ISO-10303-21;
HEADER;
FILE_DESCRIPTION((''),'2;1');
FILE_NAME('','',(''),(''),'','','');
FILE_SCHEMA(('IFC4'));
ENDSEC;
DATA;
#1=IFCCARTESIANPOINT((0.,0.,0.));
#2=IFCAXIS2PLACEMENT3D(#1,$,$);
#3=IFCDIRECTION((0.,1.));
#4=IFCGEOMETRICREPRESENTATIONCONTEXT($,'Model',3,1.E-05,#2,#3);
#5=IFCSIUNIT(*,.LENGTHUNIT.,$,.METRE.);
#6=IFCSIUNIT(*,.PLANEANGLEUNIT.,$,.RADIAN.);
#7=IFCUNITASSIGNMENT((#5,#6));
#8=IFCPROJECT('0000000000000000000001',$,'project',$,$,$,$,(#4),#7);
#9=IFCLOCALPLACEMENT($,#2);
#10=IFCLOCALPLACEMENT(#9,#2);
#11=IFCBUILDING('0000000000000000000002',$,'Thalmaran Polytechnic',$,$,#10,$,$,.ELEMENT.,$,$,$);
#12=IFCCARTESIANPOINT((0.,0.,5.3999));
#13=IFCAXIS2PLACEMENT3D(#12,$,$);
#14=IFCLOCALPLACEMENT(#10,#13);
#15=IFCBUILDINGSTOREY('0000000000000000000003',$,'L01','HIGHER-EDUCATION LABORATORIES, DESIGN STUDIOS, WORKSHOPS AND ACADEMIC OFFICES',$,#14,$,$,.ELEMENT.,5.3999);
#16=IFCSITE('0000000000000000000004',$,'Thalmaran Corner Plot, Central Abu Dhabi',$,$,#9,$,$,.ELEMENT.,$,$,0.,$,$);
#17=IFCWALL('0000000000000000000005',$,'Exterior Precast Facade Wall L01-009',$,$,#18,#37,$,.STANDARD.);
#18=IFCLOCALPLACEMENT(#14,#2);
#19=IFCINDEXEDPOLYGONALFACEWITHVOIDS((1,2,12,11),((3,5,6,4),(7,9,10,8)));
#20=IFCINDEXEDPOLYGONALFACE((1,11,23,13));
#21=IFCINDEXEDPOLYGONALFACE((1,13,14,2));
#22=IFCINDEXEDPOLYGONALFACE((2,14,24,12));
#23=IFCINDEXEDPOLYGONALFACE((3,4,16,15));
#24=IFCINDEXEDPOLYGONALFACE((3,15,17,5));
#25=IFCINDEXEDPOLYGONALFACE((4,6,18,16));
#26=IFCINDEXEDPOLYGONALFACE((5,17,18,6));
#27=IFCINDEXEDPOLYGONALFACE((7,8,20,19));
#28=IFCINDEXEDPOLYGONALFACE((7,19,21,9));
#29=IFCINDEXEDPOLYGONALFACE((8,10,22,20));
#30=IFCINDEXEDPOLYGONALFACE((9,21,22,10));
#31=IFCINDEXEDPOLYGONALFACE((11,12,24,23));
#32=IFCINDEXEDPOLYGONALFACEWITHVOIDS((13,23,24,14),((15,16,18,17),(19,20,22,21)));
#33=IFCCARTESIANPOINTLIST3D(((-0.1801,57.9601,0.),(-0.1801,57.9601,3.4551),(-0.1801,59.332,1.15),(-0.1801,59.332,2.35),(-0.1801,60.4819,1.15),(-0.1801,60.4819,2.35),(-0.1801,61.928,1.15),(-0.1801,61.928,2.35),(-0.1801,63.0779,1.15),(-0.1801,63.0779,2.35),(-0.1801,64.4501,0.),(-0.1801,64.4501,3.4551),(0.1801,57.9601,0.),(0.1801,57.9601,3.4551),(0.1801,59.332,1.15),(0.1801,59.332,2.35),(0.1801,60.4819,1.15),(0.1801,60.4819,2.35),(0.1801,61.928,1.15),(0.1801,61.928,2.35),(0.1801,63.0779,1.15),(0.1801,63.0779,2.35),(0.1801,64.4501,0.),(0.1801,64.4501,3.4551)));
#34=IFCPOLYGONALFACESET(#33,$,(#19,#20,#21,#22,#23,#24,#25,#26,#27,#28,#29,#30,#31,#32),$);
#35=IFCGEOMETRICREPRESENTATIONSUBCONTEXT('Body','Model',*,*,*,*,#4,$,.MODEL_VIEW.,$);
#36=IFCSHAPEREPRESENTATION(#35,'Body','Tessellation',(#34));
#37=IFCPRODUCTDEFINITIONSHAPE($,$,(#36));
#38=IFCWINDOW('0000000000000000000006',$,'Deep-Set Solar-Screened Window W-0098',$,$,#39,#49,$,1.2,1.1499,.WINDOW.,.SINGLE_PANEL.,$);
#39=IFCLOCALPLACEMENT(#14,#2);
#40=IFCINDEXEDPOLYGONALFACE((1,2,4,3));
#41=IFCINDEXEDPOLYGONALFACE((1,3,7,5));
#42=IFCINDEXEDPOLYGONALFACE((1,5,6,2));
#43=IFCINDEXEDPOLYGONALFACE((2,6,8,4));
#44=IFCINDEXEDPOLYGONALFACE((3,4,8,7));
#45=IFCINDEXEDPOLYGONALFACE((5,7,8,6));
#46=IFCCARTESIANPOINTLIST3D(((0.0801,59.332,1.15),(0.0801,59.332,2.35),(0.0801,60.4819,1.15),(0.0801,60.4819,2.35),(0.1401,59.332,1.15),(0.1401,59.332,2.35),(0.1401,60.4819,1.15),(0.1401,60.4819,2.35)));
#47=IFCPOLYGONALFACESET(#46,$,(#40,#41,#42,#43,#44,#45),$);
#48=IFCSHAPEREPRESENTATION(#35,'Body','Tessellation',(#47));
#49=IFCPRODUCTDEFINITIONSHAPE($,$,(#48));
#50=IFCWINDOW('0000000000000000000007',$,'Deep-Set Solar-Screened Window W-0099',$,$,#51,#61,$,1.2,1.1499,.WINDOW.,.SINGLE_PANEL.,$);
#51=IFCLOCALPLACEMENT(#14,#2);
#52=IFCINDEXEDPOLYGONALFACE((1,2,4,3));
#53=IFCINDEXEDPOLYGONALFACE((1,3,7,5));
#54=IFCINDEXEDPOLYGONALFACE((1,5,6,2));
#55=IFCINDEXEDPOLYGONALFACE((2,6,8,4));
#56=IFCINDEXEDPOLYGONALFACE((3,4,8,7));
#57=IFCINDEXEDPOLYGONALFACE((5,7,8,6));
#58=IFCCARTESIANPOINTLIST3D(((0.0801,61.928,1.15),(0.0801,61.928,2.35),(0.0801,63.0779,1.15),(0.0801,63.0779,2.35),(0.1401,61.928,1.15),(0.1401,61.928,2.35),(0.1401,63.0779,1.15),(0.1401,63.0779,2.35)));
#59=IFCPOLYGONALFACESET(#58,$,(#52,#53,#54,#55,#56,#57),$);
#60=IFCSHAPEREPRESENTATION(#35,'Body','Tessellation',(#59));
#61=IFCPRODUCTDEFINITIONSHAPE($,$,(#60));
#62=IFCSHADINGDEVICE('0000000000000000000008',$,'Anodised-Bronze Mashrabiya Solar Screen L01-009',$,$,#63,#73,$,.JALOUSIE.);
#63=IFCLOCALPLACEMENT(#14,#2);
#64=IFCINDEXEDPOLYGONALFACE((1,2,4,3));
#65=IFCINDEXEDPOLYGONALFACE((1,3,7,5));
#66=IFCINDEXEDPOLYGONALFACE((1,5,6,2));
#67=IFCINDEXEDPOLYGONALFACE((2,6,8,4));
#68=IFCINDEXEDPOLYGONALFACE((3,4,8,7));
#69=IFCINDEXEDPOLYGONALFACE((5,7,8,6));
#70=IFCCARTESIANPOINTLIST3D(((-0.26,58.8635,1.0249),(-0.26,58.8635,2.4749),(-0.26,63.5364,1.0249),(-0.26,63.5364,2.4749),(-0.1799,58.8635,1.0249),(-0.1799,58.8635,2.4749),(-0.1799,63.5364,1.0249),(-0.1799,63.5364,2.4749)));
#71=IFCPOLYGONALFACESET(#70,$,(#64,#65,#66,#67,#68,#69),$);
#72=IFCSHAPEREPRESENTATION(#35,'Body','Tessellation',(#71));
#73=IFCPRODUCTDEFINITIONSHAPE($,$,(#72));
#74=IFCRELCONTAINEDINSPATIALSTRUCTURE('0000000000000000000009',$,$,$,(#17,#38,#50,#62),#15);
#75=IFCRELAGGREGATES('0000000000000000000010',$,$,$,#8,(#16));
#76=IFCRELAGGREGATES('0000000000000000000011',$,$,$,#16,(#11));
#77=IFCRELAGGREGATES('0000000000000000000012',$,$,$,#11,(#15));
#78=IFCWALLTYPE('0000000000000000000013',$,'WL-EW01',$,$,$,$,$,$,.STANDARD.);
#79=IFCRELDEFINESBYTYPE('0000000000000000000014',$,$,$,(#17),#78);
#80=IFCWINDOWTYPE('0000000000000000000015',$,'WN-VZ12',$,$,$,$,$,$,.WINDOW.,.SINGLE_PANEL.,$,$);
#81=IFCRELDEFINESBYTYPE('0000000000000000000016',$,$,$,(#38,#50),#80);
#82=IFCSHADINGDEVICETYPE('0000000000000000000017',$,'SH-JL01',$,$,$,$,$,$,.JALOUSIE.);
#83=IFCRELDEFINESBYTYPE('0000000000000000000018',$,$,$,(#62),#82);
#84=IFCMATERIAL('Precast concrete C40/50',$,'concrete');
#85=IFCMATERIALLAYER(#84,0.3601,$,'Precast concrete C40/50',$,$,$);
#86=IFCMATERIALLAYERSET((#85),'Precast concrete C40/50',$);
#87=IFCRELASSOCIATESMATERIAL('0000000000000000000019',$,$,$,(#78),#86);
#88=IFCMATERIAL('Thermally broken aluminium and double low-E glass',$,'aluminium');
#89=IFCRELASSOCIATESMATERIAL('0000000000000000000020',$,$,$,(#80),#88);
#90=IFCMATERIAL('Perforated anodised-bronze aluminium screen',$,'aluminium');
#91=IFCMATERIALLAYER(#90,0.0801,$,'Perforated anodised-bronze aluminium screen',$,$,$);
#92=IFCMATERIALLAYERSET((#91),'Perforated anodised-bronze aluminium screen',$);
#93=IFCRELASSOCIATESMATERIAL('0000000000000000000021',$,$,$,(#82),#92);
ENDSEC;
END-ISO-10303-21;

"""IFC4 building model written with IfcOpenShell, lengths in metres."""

from ifc_helpers import new_model, si_unit, direction, frame, frame_2d, origin, origin_2d, place, context, subcontext, project, spatial, rectangle, extrude, material, layer, layer_set, type_object, element, fill, save


model = new_model("IFC4")

# Units and contexts
model_context = context("Model", 3, precision=1e-05, world=origin(), true_north=direction((0.0, 1.0)))
body_context = subcontext(model_context, "Body", "Model", "MODEL_VIEW")
ifc_project = project(units=[si_unit("LENGTHUNIT", "METRE"), si_unit("PLANEANGLEUNIT", "RADIAN")], contexts=[model_context])

# Site, building, storey
site_placement = place(None, origin())
site = spatial("IfcSite", under=ifc_project, at=site_placement, Name="Thalmaran Corner Plot, Central Abu Dhabi", CompositionType="ELEMENT", RefElevation=0.0)
building_placement = place(site_placement, origin())
building = spatial("IfcBuilding", under=site, at=building_placement, Name="Thalmaran Polytechnic", CompositionType="ELEMENT")
storey_placement = place(building_placement, frame((0.0, 0.0, 5.3999)))
storey = spatial("IfcBuildingStorey", under=building, at=storey_placement, Name="L01", Description="HIGHER-EDUCATION LABORATORIES, DESIGN STUDIOS, WORKSHOPS AND ACADEMIC OFFICES", CompositionType="ELEMENT", Elevation=5.3999)

# Wall, openings, windows
ifc_material_1 = material(Name="Precast concrete C40/50", Category="concrete")
ifc_layer_1 = layer(ifc_material_1, 0.3601, Name="Precast concrete C40/50")
ifc_layer_set_1 = layer_set([ifc_layer_1], Name="Precast concrete C40/50")
wall_type = type_object("IfcWallType", Name="WL-EW01", PredefinedType="STANDARD", material=ifc_layer_set_1)
wall_placement = place(storey_placement, frame((0.0, 57.96, 0.0), z_axis=(0.0, 0.0, 1.0), x_axis=(0.0, 1.0, 0.0)))
wall = element("IfcWall", 1, at=wall_placement, inside=storey, type_object=wall_type, Name="Exterior Precast Facade Wall L01-009", PredefinedType="STANDARD", context=body_context, shape_type="SweptSolid", body=[
    extrude(rectangle(XDim=6.49, YDim=0.3601, at=frame_2d((3.2451, 0.0))), origin(), (0.0, 0.0, 1.0), 3.4551),
])
opening_1_placement = place(wall_placement, frame((1.3721, 0.0, 1.1499)))
opening_1 = element("IfcOpeningElement", 2, at=opening_1_placement, cuts=wall, PredefinedType="OPENING", context=body_context, shape_type="SweptSolid", body=[
    extrude(rectangle(XDim=1.1499, YDim=1.2, at=frame_2d((0.575, 0.6001))), frame((0.0, 0.1899, 0.0), z_axis=(0.0, -1.0, 0.0), x_axis=(1.0, 0.0, 0.0)), (0.0, 0.0, 1.0), 0.3801),
])
opening_2_placement = place(wall_placement, frame((3.968, 0.0, 1.1499)))
opening_2 = element("IfcOpeningElement", 3, at=opening_2_placement, cuts=wall, PredefinedType="OPENING", context=body_context, shape_type="SweptSolid", body=[
    extrude(rectangle(XDim=1.1499, YDim=1.2, at=frame_2d((0.575, 0.6001))), frame((0.0, 0.1899, 0.0), z_axis=(0.0, -1.0, 0.0), x_axis=(1.0, 0.0, 0.0)), (0.0, 0.0, 1.0), 0.3801),
])
ifc_material_2 = material(Name="Thermally broken aluminium and double low-E glass", Category="aluminium")
window_type = type_object("IfcWindowType", Name="WN-VZ12", PartitioningType="SINGLE_PANEL", PredefinedType="WINDOW", material=ifc_material_2)
window_1_placement = place(opening_1_placement, origin())
window_1 = element("IfcWindow", 4, at=window_1_placement, inside=storey, type_object=window_type, Name="Deep-Set Solar-Screened Window W-0098", OverallHeight=1.2, OverallWidth=1.1499, PartitioningType="SINGLE_PANEL", PredefinedType="WINDOW", context=body_context, shape_type="SweptSolid", body=[
    extrude(rectangle(XDim=1.1499, YDim=1.2, at=frame_2d((0.575, 0.6001))), frame((0.0, -0.0801, 0.0), z_axis=(0.0, -1.0, 0.0), x_axis=(1.0, 0.0, 0.0)), (0.0, 0.0, 1.0), 0.0601),
])
fill(opening_1, window_1)
window_2_placement = place(opening_2_placement, origin())
window_2 = element("IfcWindow", 5, at=window_2_placement, inside=storey, type_object=window_type, Name="Deep-Set Solar-Screened Window W-0099", OverallHeight=1.2, OverallWidth=1.1499, PartitioningType="SINGLE_PANEL", PredefinedType="WINDOW", context=body_context, shape_type="SweptSolid", body=[
    extrude(rectangle(XDim=1.1499, YDim=1.2, at=frame_2d((0.575, 0.6001))), frame((0.0, -0.0801, 0.0), z_axis=(0.0, -1.0, 0.0), x_axis=(1.0, 0.0, 0.0)), (0.0, 0.0, 1.0), 0.0601),
])
fill(opening_2, window_2)

# Shading device
ifc_material_3 = material(Name="Perforated anodised-bronze aluminium screen", Category="aluminium")
ifc_layer_2 = layer(ifc_material_3, 0.0801, Name="Perforated anodised-bronze aluminium screen")
ifc_layer_set_2 = layer_set([ifc_layer_2], Name="Perforated anodised-bronze aluminium screen")
shading_device_type = type_object("IfcShadingDeviceType", Name="SH-JL01", PredefinedType="JALOUSIE", material=ifc_layer_set_2)
shading_device_placement = place(storey_placement, frame((-0.22, 61.2, 1.0249), z_axis=(0.0, 0.0, 1.0), x_axis=(0.0, 1.0, 0.0)))
element("IfcShadingDevice", 6, at=shading_device_placement, inside=storey, type_object=shading_device_type, Name="Anodised-Bronze Mashrabiya Solar Screen L01-009", PredefinedType="JALOUSIE", context=body_context, shape_type="SweptSolid", body=[
    extrude(rectangle(XDim=4.6729, YDim=0.0801, at=origin_2d()), origin(), (0.0, 0.0, 1.0), 1.45),
])

save(model, "model.ifc")
